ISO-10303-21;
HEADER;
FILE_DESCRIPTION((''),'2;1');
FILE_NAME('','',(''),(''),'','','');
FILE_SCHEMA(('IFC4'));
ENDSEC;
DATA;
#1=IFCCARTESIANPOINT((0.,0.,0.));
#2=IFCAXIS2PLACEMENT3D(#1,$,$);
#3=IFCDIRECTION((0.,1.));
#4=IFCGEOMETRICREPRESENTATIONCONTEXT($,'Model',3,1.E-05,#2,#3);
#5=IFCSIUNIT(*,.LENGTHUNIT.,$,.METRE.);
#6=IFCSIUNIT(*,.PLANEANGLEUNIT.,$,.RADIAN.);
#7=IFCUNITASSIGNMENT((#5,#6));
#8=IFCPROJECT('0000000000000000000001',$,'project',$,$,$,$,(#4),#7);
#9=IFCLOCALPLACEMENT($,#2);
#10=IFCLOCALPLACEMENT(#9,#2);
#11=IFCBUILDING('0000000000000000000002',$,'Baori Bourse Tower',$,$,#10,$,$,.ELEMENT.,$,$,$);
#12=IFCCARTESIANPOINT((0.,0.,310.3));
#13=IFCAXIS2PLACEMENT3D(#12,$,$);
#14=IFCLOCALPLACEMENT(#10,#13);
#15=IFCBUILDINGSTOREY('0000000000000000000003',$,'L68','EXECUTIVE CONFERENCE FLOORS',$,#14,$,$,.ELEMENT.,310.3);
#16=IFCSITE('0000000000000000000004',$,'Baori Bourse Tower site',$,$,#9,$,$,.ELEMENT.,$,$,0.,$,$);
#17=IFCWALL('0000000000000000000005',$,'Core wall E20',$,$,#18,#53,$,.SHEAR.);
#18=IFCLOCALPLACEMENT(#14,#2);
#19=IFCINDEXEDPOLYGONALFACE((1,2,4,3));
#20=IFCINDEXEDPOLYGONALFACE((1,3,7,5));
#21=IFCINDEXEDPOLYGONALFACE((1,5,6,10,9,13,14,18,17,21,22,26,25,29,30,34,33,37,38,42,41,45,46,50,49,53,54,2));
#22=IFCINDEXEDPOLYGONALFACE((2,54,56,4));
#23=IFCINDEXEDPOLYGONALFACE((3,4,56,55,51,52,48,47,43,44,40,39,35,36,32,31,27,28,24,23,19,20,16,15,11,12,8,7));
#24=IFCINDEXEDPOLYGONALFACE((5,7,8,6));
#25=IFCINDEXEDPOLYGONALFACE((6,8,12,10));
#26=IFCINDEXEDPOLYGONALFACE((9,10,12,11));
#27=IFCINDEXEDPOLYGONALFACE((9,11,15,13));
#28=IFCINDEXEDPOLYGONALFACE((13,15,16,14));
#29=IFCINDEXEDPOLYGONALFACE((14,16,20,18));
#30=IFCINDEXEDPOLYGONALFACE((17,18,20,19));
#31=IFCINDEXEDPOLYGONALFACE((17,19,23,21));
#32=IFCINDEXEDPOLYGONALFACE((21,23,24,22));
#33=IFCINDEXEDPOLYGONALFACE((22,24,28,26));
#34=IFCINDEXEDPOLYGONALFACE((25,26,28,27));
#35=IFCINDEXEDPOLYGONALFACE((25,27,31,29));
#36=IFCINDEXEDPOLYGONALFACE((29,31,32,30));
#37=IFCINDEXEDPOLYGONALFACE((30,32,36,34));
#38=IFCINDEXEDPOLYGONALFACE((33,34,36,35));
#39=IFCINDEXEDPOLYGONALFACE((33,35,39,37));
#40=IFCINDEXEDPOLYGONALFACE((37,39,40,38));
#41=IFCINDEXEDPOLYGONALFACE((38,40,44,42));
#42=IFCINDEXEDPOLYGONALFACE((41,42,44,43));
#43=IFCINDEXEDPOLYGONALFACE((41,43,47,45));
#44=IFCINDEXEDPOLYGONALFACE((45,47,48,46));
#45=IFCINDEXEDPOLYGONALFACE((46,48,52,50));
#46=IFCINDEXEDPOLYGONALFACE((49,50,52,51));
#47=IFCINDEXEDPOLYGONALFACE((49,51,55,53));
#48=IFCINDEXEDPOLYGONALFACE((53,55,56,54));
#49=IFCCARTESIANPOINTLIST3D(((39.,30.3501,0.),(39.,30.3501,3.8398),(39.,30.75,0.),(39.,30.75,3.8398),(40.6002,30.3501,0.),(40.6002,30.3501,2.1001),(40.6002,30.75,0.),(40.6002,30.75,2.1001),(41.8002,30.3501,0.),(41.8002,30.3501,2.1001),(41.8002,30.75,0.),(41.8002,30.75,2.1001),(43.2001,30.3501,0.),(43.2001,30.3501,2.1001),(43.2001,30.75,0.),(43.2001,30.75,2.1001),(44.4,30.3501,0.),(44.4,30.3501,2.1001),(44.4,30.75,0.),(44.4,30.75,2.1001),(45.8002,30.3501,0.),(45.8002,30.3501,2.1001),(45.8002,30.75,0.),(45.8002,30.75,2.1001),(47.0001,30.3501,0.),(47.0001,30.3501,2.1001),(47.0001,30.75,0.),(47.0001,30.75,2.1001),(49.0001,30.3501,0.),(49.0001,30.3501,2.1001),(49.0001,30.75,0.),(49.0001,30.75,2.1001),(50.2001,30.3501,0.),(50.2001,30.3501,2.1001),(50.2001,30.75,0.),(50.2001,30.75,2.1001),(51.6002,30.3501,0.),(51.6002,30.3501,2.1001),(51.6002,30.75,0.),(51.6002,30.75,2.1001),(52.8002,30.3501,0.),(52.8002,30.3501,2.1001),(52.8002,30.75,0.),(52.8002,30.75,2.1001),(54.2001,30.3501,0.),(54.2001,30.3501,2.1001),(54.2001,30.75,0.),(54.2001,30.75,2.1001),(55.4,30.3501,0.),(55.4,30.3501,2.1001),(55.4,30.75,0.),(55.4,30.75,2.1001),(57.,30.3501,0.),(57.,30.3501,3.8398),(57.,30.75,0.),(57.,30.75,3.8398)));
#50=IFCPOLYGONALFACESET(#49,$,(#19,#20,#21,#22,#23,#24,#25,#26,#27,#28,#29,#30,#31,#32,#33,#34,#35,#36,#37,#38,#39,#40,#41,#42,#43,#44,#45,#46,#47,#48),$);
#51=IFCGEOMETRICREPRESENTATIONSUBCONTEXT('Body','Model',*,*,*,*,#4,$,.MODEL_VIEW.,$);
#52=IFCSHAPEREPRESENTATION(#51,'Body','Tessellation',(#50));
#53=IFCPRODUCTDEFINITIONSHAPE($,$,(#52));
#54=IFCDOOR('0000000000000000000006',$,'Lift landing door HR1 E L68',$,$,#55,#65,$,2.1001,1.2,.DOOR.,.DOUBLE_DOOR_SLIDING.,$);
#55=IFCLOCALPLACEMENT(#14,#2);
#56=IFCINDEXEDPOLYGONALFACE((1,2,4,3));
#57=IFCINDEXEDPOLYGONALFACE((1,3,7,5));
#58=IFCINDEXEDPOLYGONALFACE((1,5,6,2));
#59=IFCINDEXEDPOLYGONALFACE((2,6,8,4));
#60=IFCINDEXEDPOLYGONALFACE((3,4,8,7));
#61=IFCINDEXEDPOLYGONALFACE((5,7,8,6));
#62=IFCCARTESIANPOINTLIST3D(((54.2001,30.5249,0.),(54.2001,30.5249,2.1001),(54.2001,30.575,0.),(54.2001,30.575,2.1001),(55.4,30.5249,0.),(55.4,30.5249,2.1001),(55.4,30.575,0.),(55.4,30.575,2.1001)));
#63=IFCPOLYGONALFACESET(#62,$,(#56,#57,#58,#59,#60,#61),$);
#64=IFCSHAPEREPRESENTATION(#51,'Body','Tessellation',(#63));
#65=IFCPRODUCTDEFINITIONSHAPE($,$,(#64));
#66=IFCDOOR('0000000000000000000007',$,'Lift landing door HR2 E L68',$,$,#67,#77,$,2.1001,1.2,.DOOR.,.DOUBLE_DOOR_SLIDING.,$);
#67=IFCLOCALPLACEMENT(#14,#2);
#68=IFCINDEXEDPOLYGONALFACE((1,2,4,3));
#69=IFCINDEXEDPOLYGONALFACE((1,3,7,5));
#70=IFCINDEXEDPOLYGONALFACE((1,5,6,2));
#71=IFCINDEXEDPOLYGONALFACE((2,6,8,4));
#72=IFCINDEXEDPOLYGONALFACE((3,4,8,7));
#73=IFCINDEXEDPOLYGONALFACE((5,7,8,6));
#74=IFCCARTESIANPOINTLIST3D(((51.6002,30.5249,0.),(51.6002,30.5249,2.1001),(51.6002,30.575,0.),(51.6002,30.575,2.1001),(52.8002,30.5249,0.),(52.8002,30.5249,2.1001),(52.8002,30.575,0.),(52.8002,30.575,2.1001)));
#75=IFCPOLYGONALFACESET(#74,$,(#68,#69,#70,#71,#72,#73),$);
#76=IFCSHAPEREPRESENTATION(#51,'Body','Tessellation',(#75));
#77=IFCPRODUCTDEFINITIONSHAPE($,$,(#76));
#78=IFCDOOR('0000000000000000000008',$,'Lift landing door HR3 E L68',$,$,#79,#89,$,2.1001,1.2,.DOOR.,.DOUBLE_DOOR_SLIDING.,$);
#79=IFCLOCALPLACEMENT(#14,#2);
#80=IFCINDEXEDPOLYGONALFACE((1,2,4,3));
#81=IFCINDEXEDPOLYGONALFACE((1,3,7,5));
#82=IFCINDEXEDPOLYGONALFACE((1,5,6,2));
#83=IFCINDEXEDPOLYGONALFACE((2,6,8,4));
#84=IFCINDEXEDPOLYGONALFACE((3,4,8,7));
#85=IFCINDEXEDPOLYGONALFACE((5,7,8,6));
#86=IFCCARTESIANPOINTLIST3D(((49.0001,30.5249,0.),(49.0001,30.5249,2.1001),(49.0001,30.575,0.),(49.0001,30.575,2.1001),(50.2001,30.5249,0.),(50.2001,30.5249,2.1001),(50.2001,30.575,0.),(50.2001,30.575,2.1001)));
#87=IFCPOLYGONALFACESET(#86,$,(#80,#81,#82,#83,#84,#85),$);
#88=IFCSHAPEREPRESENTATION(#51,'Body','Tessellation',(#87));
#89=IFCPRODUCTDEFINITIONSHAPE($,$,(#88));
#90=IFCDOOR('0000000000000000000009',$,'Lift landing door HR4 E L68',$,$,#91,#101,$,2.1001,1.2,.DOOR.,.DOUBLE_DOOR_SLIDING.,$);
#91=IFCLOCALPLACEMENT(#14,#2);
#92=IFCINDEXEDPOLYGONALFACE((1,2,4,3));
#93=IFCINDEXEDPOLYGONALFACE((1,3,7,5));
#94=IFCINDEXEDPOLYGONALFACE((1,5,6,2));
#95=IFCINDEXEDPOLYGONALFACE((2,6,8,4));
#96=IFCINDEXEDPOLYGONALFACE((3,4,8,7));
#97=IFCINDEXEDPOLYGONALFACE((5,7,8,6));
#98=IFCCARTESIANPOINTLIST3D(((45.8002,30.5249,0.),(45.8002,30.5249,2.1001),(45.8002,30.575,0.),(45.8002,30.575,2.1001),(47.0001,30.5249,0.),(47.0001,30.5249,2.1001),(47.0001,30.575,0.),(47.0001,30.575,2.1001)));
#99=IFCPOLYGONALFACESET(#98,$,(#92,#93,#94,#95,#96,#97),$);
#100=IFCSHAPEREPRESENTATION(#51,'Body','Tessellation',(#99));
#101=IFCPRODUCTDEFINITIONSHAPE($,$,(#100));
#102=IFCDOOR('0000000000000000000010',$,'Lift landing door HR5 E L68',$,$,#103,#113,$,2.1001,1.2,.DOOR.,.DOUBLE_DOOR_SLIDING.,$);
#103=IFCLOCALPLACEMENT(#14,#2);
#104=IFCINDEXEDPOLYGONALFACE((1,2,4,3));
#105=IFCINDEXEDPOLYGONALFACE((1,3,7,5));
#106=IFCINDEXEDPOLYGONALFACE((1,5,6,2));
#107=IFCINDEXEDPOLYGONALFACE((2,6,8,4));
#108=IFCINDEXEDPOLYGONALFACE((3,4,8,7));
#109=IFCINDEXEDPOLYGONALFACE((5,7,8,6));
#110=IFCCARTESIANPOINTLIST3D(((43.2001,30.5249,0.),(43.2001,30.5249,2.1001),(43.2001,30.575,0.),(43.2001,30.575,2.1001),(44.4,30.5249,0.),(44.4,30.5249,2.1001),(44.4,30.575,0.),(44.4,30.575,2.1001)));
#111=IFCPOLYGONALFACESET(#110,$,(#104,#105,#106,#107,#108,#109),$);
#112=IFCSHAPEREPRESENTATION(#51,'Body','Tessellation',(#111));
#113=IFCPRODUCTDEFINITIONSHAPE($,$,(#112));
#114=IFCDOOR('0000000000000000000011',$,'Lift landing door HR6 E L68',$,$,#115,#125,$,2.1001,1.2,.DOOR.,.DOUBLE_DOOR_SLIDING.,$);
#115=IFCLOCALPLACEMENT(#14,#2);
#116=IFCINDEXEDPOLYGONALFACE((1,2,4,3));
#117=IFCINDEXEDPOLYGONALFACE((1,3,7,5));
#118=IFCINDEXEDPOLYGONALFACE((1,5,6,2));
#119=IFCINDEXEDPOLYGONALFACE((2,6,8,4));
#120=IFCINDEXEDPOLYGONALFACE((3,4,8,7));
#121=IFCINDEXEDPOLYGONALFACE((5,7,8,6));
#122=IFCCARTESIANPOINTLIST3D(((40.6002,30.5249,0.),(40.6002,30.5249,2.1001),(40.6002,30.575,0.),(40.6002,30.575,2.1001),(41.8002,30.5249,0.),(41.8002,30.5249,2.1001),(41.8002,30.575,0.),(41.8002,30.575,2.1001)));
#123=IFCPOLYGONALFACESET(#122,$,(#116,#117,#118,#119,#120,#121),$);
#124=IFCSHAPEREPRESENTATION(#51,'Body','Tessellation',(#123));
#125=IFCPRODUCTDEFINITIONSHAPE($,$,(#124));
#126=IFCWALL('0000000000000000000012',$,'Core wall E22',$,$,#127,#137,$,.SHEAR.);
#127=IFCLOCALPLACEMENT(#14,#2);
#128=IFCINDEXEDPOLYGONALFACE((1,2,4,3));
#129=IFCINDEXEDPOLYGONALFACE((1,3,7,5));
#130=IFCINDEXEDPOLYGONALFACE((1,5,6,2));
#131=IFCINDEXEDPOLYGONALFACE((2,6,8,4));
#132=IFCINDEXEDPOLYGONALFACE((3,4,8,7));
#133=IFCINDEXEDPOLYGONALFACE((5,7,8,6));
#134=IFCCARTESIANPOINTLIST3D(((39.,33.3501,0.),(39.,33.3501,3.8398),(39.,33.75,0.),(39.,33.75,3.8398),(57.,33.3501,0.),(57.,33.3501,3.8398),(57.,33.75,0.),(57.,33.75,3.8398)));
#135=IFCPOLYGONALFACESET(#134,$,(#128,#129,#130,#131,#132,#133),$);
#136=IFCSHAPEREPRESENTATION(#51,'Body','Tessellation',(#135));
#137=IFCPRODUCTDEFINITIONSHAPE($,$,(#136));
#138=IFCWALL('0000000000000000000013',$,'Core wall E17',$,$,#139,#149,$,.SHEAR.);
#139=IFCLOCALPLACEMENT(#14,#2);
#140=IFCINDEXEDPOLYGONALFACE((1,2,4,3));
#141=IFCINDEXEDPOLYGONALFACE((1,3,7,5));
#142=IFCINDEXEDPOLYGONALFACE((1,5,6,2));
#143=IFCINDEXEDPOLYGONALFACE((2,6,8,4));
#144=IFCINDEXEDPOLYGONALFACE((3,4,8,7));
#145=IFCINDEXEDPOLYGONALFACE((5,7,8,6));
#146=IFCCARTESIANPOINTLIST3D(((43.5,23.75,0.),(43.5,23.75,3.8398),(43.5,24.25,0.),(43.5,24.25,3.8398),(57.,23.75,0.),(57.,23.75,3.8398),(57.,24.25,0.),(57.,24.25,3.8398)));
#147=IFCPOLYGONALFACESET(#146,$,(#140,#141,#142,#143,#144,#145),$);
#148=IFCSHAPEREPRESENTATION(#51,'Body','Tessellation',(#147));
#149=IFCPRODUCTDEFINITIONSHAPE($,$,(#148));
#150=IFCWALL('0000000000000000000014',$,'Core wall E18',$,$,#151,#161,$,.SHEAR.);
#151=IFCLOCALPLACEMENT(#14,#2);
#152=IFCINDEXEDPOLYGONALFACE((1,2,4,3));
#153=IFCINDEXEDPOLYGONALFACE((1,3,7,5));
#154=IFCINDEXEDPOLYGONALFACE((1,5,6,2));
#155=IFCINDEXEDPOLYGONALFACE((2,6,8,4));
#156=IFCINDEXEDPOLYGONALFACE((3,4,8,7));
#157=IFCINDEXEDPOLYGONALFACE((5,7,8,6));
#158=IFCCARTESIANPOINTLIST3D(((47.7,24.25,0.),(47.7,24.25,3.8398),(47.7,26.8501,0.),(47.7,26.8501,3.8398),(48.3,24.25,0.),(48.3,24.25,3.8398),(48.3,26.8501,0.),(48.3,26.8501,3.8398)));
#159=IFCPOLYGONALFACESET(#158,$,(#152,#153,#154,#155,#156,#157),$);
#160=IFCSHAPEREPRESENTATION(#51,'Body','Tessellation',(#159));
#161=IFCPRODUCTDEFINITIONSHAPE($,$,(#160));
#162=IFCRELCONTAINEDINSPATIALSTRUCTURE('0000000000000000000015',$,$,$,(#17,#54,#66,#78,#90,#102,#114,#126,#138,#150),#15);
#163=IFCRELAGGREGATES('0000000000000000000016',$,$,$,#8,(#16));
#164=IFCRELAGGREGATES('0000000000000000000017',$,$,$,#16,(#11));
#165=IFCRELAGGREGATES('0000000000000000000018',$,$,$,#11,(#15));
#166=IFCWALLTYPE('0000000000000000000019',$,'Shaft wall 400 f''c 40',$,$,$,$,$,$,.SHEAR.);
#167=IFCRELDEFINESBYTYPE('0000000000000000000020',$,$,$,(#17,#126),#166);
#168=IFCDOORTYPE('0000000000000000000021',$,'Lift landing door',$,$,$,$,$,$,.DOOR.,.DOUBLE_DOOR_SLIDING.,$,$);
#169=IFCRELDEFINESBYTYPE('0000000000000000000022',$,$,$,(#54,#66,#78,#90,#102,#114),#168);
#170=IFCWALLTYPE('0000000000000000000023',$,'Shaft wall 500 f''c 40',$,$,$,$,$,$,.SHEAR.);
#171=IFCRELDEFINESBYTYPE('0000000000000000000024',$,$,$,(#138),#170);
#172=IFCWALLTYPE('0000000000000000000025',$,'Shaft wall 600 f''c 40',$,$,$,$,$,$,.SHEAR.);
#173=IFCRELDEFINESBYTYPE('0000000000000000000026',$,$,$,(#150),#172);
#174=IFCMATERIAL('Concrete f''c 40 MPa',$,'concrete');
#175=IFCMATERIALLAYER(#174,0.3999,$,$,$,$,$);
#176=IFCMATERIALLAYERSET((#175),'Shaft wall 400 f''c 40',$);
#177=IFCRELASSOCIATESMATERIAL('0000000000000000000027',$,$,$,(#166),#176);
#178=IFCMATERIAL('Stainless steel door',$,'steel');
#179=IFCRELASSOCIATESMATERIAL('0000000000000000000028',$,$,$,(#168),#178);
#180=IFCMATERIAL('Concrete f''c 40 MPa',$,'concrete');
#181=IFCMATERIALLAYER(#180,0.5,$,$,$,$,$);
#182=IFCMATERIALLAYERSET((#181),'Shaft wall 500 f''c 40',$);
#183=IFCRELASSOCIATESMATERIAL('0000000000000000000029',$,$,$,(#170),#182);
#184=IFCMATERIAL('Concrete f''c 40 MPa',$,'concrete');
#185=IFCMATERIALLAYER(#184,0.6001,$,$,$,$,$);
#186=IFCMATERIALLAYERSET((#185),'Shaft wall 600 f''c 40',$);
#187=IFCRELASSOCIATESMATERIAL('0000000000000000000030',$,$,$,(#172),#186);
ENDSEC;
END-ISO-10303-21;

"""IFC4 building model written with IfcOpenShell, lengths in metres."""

from ifc_helpers import new_model, si_unit, direction, frame, frame_2d, origin, place, context, subcontext, project, spatial, rectangle, extrude, material, layer, layer_set, type_object, element, fill, save


model = new_model("IFC4")

# Units and contexts
model_context = context("Model", 3, precision=1e-05, world=origin(), true_north=direction((0.0, 1.0)))
body_context = subcontext(model_context, "Body", "Model", "MODEL_VIEW")
ifc_project = project(units=[si_unit("LENGTHUNIT", "METRE"), si_unit("PLANEANGLEUNIT", "RADIAN")], contexts=[model_context])

# Site, building, storey
site_placement = place(None, origin())
site = spatial("IfcSite", under=ifc_project, at=site_placement, Name="Baori Bourse Tower site", CompositionType="ELEMENT", RefElevation=0.0)
building_placement = place(site_placement, origin())
building = spatial("IfcBuilding", under=site, at=building_placement, Name="Baori Bourse Tower", CompositionType="ELEMENT")
storey_placement = place(building_placement, frame((0.0, 0.0, 310.3)))
storey = spatial("IfcBuildingStorey", under=building, at=storey_placement, Name="L68", Description="EXECUTIVE CONFERENCE FLOORS", CompositionType="ELEMENT", Elevation=310.3)

# Shared definitions
ifc_material_1 = material(Name="Concrete f'c 40 MPa", Category="concrete")
ifc_layer_1 = layer(ifc_material_1, 0.3999)
ifc_layer_set_1 = layer_set([ifc_layer_1], Name="Shaft wall 400 f'c 40")
wall_type_1 = type_object("IfcWallType", Name="Shaft wall 400 f'c 40", PredefinedType="SHEAR", material=ifc_layer_set_1)
ifc_material_2 = material(Name="Stainless steel door", Category="steel")
door_type_1 = type_object("IfcDoorType", Name="Lift landing door", OperationType="DOUBLE_DOOR_SLIDING", PredefinedType="DOOR", material=ifc_material_2)

# Wall, openings, doors
wall_1_placement = place(storey_placement, frame((39.0, 30.55, 0.0), z_axis=(0.0, 0.0, 1.0), x_axis=(1.0, 0.0, 0.0)))
wall_1 = element("IfcWall", 1, at=wall_1_placement, inside=storey, type_object=wall_type_1, Name="Core wall E20", PredefinedType="SHEAR", context=body_context, shape_type="SweptSolid", body=[
    extrude(rectangle(XDim=18.0, YDim=0.3999, at=frame_2d((9.0, 0.0))), origin(), (0.0, 0.0, 1.0), 3.8398),
])
opening_1_placement = place(wall_1_placement, frame((15.2, 0.0, 0.0)))
opening_1 = element("IfcOpeningElement", 2, at=opening_1_placement, cuts=wall_1, PredefinedType="OPENING", context=body_context, shape_type="SweptSolid", body=[
    extrude(rectangle(XDim=1.2, YDim=2.1001, at=frame_2d((0.6001, 1.05))), frame((0.0, 0.21, 0.0), z_axis=(0.0, -1.0, 0.0), x_axis=(1.0, 0.0, 0.0)), (0.0, 0.0, 1.0), 0.4199),
])
opening_2_placement = place(wall_1_placement, frame((12.6001, 0.0, 0.0)))
opening_2 = element("IfcOpeningElement", 3, at=opening_2_placement, cuts=wall_1, PredefinedType="OPENING", context=body_context, shape_type="SweptSolid", body=[
    extrude(rectangle(XDim=1.2, YDim=2.1001, at=frame_2d((0.6001, 1.05))), frame((0.0, 0.21, 0.0), z_axis=(0.0, -1.0, 0.0), x_axis=(1.0, 0.0, 0.0)), (0.0, 0.0, 1.0), 0.4199),
])
opening_3_placement = place(wall_1_placement, frame((10.0, 0.0, 0.0)))
opening_3 = element("IfcOpeningElement", 4, at=opening_3_placement, cuts=wall_1, PredefinedType="OPENING", context=body_context, shape_type="SweptSolid", body=[
    extrude(rectangle(XDim=1.2, YDim=2.1001, at=frame_2d((0.6001, 1.05))), frame((0.0, 0.21, 0.0), z_axis=(0.0, -1.0, 0.0), x_axis=(1.0, 0.0, 0.0)), (0.0, 0.0, 1.0), 0.4199),
])
opening_4_placement = place(wall_1_placement, frame((6.8, 0.0, 0.0)))
opening_4 = element("IfcOpeningElement", 5, at=opening_4_placement, cuts=wall_1, PredefinedType="OPENING", context=body_context, shape_type="SweptSolid", body=[
    extrude(rectangle(XDim=1.2, YDim=2.1001, at=frame_2d((0.6001, 1.05))), frame((0.0, 0.21, 0.0), z_axis=(0.0, -1.0, 0.0), x_axis=(1.0, 0.0, 0.0)), (0.0, 0.0, 1.0), 0.4199),
])
opening_5_placement = place(wall_1_placement, frame((4.2, 0.0, 0.0)))
opening_5 = element("IfcOpeningElement", 6, at=opening_5_placement, cuts=wall_1, PredefinedType="OPENING", context=body_context, shape_type="SweptSolid", body=[
    extrude(rectangle(XDim=1.2, YDim=2.1001, at=frame_2d((0.6001, 1.05))), frame((0.0, 0.21, 0.0), z_axis=(0.0, -1.0, 0.0), x_axis=(1.0, 0.0, 0.0)), (0.0, 0.0, 1.0), 0.4199),
])
opening_6_placement = place(wall_1_placement, frame((1.6001, 0.0, 0.0)))
opening_6 = element("IfcOpeningElement", 7, at=opening_6_placement, cuts=wall_1, PredefinedType="OPENING", context=body_context, shape_type="SweptSolid", body=[
    extrude(rectangle(XDim=1.2, YDim=2.1001, at=frame_2d((0.6001, 1.05))), frame((0.0, 0.21, 0.0), z_axis=(0.0, -1.0, 0.0), x_axis=(1.0, 0.0, 0.0)), (0.0, 0.0, 1.0), 0.4199),
])
door_1_placement = place(opening_1_placement, origin())
door_1 = element("IfcDoor", 8, at=door_1_placement, inside=storey, type_object=door_type_1, Name="Lift landing door HR1 E L68", OperationType="DOUBLE_DOOR_SLIDING", OverallHeight=2.1001, OverallWidth=1.2, PredefinedType="DOOR", context=body_context, shape_type="SweptSolid", body=[
    extrude(rectangle(XDim=1.2, YDim=2.1001, at=frame_2d((0.6001, 1.05))), frame((0.0, 0.0249, 0.0), z_axis=(0.0, -1.0, 0.0), x_axis=(1.0, 0.0, 0.0)), (0.0, 0.0, 1.0), 0.05),
])
fill(opening_1, door_1)
door_2_placement = place(opening_2_placement, origin())
door_2 = element("IfcDoor", 9, at=door_2_placement, inside=storey, type_object=door_type_1, Name="Lift landing door HR2 E L68", OperationType="DOUBLE_DOOR_SLIDING", OverallHeight=2.1001, OverallWidth=1.2, PredefinedType="DOOR", context=body_context, shape_type="SweptSolid", body=[
    extrude(rectangle(XDim=1.2, YDim=2.1001, at=frame_2d((0.6001, 1.05))), frame((0.0, 0.0249, 0.0), z_axis=(0.0, -1.0, 0.0), x_axis=(1.0, 0.0, 0.0)), (0.0, 0.0, 1.0), 0.05),
])
fill(opening_2, door_2)
door_3_placement = place(opening_3_placement, origin())
door_3 = element("IfcDoor", 10, at=door_3_placement, inside=storey, type_object=door_type_1, Name="Lift landing door HR3 E L68", OperationType="DOUBLE_DOOR_SLIDING", OverallHeight=2.1001, OverallWidth=1.2, PredefinedType="DOOR", context=body_context, shape_type="SweptSolid", body=[
    extrude(rectangle(XDim=1.2, YDim=2.1001, at=frame_2d((0.6001, 1.05))), frame((0.0, 0.0249, 0.0), z_axis=(0.0, -1.0, 0.0), x_axis=(1.0, 0.0, 0.0)), (0.0, 0.0, 1.0), 0.05),
])
fill(opening_3, door_3)
door_4_placement = place(opening_4_placement, origin())
door_4 = element("IfcDoor", 11, at=door_4_placement, inside=storey, type_object=door_type_1, Name="Lift landing door HR4 E L68", OperationType="DOUBLE_DOOR_SLIDING", OverallHeight=2.1001, OverallWidth=1.2, PredefinedType="DOOR", context=body_context, shape_type="SweptSolid", body=[
    extrude(rectangle(XDim=1.2, YDim=2.1001, at=frame_2d((0.6001, 1.05))), frame((0.0, 0.0249, 0.0), z_axis=(0.0, -1.0, 0.0), x_axis=(1.0, 0.0, 0.0)), (0.0, 0.0, 1.0), 0.05),
])
fill(opening_4, door_4)
door_5_placement = place(opening_5_placement, origin())
door_5 = element("IfcDoor", 12, at=door_5_placement, inside=storey, type_object=door_type_1, Name="Lift landing door HR5 E L68", OperationType="DOUBLE_DOOR_SLIDING", OverallHeight=2.1001, OverallWidth=1.2, PredefinedType="DOOR", context=body_context, shape_type="SweptSolid", body=[
    extrude(rectangle(XDim=1.2, YDim=2.1001, at=frame_2d((0.6001, 1.05))), frame((0.0, 0.0249, 0.0), z_axis=(0.0, -1.0, 0.0), x_axis=(1.0, 0.0, 0.0)), (0.0, 0.0, 1.0), 0.05),
])
fill(opening_5, door_5)
door_6_placement = place(opening_6_placement, origin())
door_6 = element("IfcDoor", 13, at=door_6_placement, inside=storey, type_object=door_type_1, Name="Lift landing door HR6 E L68", OperationType="DOUBLE_DOOR_SLIDING", OverallHeight=2.1001, OverallWidth=1.2, PredefinedType="DOOR", context=body_context, shape_type="SweptSolid", body=[
    extrude(rectangle(XDim=1.2, YDim=2.1001, at=frame_2d((0.6001, 1.05))), frame((0.0, 0.0249, 0.0), z_axis=(0.0, -1.0, 0.0), x_axis=(1.0, 0.0, 0.0)), (0.0, 0.0, 1.0), 0.05),
])
fill(opening_6, door_6)

# Walls
wall_2_placement = place(storey_placement, frame((39.0, 33.55, 0.0), z_axis=(0.0, 0.0, 1.0), x_axis=(1.0, 0.0, 0.0)))
element("IfcWall", 14, at=wall_2_placement, inside=storey, type_object=wall_type_1, Name="Core wall E22", PredefinedType="SHEAR", context=body_context, shape_type="SweptSolid", body=[
    extrude(rectangle(XDim=18.0, YDim=0.3999, at=frame_2d((9.0, 0.0))), origin(), (0.0, 0.0, 1.0), 3.8398),
])
ifc_material_3 = material(Name="Concrete f'c 40 MPa", Category="concrete")
ifc_layer_2 = layer(ifc_material_3, 0.5)
ifc_layer_set_2 = layer_set([ifc_layer_2], Name="Shaft wall 500 f'c 40")
wall_type_2 = type_object("IfcWallType", Name="Shaft wall 500 f'c 40", PredefinedType="SHEAR", material=ifc_layer_set_2)
wall_3_placement = place(storey_placement, frame((43.5, 24.0, 0.0), z_axis=(0.0, 0.0, 1.0), x_axis=(1.0, 0.0, 0.0)))
element("IfcWall", 15, at=wall_3_placement, inside=storey, type_object=wall_type_2, Name="Core wall E17", PredefinedType="SHEAR", context=body_context, shape_type="SweptSolid", body=[
    extrude(rectangle(XDim=13.5, YDim=0.5, at=frame_2d((6.75, 0.0))), origin(), (0.0, 0.0, 1.0), 3.8398),
])
ifc_material_4 = material(Name="Concrete f'c 40 MPa", Category="concrete")
ifc_layer_3 = layer(ifc_material_4, 0.6001)
ifc_layer_set_3 = layer_set([ifc_layer_3], Name="Shaft wall 600 f'c 40")
wall_type_3 = type_object("IfcWallType", Name="Shaft wall 600 f'c 40", PredefinedType="SHEAR", material=ifc_layer_set_3)
for number, where, z_axis, x_axis, name in (
    (16, (48.0, 24.25, 0.0), (0.0, 0.0, 1.0), (0.0, 1.0, 0.0), "Core wall E18"),
):
    element("IfcWall", number, at=place(storey_placement, frame(where, z_axis=z_axis, x_axis=x_axis)), inside=storey, type_object=wall_type_3, Name=name, PredefinedType="SHEAR", context=body_context, shape_type="SweptSolid", body=[
        extrude(rectangle(XDim=2.6001, YDim=0.6001, at=frame_2d((1.3, 0.0))), origin(), (0.0, 0.0, 1.0), 3.8398),
    ])

save(model, "model.ifc")
